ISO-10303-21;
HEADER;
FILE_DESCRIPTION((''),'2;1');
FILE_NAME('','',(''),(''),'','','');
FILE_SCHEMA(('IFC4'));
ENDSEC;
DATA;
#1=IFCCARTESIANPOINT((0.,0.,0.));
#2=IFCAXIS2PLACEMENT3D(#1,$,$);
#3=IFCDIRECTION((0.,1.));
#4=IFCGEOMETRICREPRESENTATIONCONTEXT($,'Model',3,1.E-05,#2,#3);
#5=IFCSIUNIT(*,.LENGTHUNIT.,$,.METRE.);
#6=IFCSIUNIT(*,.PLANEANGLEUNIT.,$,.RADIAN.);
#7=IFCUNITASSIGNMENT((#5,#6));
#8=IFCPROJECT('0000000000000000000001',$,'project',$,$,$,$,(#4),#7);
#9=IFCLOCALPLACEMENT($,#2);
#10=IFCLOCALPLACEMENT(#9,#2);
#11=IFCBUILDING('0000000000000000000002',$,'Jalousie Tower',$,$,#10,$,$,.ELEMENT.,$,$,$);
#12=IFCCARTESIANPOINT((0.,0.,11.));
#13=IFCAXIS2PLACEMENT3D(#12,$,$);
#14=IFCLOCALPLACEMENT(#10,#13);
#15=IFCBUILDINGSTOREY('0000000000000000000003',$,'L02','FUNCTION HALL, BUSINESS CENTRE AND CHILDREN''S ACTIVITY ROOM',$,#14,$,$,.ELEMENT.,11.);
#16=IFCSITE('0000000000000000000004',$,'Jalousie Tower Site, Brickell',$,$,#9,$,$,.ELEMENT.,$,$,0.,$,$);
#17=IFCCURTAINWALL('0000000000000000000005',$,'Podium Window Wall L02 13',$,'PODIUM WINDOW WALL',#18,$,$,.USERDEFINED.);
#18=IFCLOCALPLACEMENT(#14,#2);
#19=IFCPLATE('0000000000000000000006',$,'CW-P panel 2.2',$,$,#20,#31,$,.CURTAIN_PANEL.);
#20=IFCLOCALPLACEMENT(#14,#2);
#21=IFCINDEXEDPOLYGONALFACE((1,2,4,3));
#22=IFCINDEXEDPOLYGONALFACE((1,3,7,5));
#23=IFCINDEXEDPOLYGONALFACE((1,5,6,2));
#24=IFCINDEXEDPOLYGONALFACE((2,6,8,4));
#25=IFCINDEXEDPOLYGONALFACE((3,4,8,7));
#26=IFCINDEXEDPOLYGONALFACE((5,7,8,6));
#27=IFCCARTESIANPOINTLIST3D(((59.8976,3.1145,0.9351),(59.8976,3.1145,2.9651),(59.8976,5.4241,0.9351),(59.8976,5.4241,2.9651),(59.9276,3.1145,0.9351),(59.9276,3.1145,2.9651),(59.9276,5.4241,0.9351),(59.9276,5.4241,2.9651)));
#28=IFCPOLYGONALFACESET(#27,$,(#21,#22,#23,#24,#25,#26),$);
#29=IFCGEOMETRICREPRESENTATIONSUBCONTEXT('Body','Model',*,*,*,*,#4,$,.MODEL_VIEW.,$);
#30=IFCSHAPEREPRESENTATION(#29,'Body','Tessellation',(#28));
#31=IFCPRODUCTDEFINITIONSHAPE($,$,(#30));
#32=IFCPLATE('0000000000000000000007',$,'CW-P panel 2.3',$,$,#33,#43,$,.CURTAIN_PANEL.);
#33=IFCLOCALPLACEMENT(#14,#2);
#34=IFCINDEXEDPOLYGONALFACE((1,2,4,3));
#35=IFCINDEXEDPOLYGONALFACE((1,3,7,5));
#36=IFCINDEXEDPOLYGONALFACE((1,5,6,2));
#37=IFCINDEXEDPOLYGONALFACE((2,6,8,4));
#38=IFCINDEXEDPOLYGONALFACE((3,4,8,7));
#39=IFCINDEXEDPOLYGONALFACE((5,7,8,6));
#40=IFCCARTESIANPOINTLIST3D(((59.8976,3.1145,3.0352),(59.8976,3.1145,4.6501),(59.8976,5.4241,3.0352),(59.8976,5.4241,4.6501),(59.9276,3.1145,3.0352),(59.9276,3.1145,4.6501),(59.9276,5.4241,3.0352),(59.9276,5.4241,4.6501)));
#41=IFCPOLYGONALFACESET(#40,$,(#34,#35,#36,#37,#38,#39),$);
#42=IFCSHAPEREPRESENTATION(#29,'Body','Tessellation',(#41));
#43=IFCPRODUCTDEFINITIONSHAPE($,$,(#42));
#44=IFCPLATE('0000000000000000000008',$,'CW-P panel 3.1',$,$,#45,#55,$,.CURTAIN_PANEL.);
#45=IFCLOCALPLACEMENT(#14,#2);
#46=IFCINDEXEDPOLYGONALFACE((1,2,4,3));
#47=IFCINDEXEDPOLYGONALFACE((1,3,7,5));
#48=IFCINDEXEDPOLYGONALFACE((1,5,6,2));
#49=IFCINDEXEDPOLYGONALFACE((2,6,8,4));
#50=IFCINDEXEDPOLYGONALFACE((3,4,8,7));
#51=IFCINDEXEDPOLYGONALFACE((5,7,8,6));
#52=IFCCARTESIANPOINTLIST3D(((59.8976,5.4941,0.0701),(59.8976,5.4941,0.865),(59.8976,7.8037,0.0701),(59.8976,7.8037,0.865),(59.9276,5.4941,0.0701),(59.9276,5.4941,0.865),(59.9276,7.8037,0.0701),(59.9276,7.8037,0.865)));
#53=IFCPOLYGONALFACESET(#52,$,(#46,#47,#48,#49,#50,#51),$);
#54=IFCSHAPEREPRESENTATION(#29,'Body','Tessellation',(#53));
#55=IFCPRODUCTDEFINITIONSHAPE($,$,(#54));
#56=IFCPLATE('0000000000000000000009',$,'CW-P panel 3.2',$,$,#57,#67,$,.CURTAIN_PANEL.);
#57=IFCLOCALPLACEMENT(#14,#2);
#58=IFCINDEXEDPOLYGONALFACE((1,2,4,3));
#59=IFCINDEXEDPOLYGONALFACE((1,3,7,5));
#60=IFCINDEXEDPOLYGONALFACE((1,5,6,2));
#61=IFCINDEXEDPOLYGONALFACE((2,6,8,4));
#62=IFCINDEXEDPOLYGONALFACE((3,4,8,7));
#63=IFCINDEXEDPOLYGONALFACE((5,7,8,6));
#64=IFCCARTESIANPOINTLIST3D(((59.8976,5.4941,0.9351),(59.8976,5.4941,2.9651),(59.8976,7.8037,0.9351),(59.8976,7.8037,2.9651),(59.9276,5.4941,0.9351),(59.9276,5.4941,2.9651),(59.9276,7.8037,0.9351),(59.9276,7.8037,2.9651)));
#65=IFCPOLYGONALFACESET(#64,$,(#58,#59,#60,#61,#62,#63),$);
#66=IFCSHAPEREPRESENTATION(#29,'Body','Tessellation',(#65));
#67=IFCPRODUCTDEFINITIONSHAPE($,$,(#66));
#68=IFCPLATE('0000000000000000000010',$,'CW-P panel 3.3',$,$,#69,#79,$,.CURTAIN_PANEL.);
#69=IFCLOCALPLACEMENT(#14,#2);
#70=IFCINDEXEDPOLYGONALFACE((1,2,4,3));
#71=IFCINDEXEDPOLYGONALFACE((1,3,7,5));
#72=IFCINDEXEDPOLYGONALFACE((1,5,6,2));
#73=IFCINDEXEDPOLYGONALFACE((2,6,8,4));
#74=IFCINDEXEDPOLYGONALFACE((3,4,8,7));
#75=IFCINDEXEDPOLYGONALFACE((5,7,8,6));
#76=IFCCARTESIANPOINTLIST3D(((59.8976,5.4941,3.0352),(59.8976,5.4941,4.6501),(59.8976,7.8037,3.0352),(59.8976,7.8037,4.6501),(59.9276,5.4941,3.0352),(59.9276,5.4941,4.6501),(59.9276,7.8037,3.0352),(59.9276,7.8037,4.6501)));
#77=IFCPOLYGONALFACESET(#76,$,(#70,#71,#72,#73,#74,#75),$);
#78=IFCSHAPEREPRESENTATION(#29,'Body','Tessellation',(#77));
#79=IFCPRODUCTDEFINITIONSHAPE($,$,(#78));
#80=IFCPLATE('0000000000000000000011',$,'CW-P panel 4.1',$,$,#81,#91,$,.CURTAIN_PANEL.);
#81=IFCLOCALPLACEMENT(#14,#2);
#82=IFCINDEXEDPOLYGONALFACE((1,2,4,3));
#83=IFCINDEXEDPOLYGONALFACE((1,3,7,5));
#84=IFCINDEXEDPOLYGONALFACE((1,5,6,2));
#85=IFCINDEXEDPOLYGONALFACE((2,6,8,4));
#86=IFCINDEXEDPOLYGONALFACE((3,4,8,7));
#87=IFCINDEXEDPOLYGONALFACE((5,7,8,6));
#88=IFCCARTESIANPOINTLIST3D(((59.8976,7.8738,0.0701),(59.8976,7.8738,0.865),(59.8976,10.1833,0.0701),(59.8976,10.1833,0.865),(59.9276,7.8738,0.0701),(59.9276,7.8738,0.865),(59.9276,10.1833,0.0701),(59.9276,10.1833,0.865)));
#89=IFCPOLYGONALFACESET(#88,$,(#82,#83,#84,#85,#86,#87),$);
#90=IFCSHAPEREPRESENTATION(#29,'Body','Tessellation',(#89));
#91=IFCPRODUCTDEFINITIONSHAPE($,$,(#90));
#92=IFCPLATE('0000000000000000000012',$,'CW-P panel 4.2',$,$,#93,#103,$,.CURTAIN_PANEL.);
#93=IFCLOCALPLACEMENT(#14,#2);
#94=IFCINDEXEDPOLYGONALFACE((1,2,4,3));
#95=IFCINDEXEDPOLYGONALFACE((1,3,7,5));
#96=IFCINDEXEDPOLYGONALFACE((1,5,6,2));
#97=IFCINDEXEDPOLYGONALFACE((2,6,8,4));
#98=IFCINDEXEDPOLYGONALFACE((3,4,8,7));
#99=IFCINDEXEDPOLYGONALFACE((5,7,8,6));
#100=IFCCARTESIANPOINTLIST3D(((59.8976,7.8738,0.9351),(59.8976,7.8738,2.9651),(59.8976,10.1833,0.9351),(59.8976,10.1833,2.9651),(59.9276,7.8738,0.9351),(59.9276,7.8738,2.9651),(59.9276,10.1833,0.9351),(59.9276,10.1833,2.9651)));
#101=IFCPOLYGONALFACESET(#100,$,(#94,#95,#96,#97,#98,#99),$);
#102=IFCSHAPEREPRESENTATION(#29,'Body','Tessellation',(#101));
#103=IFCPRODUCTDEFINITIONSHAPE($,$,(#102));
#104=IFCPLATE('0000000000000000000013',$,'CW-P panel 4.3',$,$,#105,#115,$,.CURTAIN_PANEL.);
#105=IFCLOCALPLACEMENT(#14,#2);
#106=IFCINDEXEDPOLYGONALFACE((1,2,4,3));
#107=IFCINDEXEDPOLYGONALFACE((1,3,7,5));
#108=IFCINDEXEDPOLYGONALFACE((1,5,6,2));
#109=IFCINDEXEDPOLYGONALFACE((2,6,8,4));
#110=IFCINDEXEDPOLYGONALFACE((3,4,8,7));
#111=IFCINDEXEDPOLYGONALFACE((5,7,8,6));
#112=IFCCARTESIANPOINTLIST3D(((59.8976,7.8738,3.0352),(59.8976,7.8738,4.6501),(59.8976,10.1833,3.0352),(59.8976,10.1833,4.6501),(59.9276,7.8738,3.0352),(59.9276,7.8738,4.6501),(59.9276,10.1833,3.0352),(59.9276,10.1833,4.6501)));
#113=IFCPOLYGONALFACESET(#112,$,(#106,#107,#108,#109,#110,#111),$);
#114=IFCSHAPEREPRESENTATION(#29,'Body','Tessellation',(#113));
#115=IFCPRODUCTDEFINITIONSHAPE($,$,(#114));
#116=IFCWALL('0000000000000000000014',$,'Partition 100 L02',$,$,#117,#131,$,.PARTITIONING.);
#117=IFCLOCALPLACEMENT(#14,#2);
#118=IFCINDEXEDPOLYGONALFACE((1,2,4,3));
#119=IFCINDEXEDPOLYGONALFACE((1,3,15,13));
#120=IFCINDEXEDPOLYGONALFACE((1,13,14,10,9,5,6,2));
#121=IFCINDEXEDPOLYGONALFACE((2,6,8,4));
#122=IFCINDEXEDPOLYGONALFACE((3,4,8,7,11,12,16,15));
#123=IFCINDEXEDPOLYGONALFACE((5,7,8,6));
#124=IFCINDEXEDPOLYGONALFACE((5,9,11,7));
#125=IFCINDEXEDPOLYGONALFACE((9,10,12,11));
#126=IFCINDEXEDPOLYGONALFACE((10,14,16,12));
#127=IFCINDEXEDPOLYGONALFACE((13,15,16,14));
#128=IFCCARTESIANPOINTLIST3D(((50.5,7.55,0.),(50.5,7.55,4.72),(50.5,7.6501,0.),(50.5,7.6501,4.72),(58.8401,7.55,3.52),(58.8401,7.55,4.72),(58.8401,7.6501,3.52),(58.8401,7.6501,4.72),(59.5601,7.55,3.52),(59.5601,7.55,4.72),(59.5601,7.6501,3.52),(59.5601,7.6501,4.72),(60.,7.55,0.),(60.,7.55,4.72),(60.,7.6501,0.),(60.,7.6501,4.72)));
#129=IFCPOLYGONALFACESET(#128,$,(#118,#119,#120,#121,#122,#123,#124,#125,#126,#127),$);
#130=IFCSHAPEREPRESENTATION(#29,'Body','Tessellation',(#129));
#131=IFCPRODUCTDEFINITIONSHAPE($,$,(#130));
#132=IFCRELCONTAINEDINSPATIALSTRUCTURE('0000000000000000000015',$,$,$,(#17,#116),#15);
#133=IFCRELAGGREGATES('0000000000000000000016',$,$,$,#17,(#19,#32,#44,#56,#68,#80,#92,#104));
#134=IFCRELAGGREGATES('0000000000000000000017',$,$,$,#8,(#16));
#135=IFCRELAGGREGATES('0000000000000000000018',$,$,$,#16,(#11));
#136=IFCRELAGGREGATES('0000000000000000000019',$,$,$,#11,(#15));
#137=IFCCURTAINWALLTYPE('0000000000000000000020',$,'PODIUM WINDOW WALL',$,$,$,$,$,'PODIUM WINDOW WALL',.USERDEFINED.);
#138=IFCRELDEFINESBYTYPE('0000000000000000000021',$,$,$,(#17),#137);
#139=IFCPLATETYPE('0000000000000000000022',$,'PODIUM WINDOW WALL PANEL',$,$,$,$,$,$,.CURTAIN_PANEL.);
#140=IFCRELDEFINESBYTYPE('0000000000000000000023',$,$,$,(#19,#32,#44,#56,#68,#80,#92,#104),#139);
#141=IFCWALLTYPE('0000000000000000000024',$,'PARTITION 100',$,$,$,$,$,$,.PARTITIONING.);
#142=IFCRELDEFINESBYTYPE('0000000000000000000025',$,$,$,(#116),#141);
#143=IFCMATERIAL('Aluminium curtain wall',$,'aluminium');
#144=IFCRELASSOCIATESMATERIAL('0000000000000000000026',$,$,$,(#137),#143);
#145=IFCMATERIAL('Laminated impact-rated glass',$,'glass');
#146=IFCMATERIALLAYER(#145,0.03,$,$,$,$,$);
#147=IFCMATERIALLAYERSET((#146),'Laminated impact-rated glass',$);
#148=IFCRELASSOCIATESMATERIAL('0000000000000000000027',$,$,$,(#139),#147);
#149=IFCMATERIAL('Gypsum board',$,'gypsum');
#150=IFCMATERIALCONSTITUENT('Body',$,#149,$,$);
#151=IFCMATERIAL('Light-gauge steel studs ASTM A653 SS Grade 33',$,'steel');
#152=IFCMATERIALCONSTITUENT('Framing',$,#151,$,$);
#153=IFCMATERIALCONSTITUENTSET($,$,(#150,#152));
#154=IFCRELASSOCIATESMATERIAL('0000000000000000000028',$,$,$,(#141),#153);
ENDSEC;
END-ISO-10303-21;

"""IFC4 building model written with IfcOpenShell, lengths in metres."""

from ifc_helpers import new_model, si_unit, direction, frame, origin, origin_2d, place, context, subcontext, project, spatial, polyline, rectangle, outline, extrude, material, layer, layer_set, constituent, constituent_set, type_object, element, aggregate, save


model = new_model("IFC4")

# Units and contexts
model_context = context("Model", 3, precision=1e-05, world=origin(), true_north=direction((0.0, 1.0)))
body_context = subcontext(model_context, "Body", "Model", "MODEL_VIEW")
ifc_project = project(units=[si_unit("LENGTHUNIT", "METRE"), si_unit("PLANEANGLEUNIT", "RADIAN")], contexts=[model_context])

# Site, building, storey
site_placement = place(None, origin())
site = spatial("IfcSite", under=ifc_project, at=site_placement, Name="Jalousie Tower Site, Brickell", CompositionType="ELEMENT", RefElevation=0.0)
building_placement = place(site_placement, origin())
building = spatial("IfcBuilding", under=site, at=building_placement, Name="Jalousie Tower", CompositionType="ELEMENT")
storey_placement = place(building_placement, frame((0.0, 0.0, 11.0)))
storey = spatial("IfcBuildingStorey", under=building, at=storey_placement, Name="L02", Description="FUNCTION HALL, BUSINESS CENTRE AND CHILDREN'S ACTIVITY ROOM", CompositionType="ELEMENT", Elevation=11.0)

# Curtain wall
ifc_material_1 = material(Name="Aluminium curtain wall", Category="aluminium")
curtain_wall_type = type_object("IfcCurtainWallType", Name="PODIUM WINDOW WALL", ElementType="PODIUM WINDOW WALL", PredefinedType="USERDEFINED", material=ifc_material_1)
curtain_wall_placement = place(storey_placement, origin())
curtain_wall = element("IfcCurtainWall", 1, at=curtain_wall_placement, inside=storey, type_object=curtain_wall_type, Name="Podium Window Wall L02 13", ObjectType="PODIUM WINDOW WALL", PredefinedType="USERDEFINED")

# Plates
ifc_material_2 = material(Name="Laminated impact-rated glass", Category="glass")
ifc_layer = layer(ifc_material_2, 0.03)
ifc_layer_set = layer_set([ifc_layer], Name="Laminated impact-rated glass")
plate_type = type_object("IfcPlateType", Name="PODIUM WINDOW WALL PANEL", PredefinedType="CURTAIN_PANEL", material=ifc_layer_set)
plate_1_placement = place(storey_placement, frame((59.9126, 4.2693, 0.9351), z_axis=(0.0, 0.0, 1.0), x_axis=(0.0, 1.0, 0.0)))
plate_1 = element("IfcPlate", 2, at=plate_1_placement, type_object=plate_type, Name="CW-P panel 2.2", PredefinedType="CURTAIN_PANEL", context=body_context, shape_type="SweptSolid", body=[
    extrude(rectangle(XDim=2.3096, YDim=0.03, at=origin_2d()), origin(), (0.0, 0.0, 1.0), 2.03),
])
plate_2_placement = place(storey_placement, frame((59.9126, 4.2693, 3.0352), z_axis=(0.0, 0.0, 1.0), x_axis=(0.0, 1.0, 0.0)))
plate_2 = element("IfcPlate", 3, at=plate_2_placement, type_object=plate_type, Name="CW-P panel 2.3", PredefinedType="CURTAIN_PANEL", context=body_context, shape_type="SweptSolid", body=[
    extrude(rectangle(XDim=2.3096, YDim=0.03, at=origin_2d()), origin(), (0.0, 0.0, 1.0), 1.615),
])
plate_3_placement = place(storey_placement, frame((59.9126, 6.6489, 0.0701), z_axis=(0.0, 0.0, 1.0), x_axis=(0.0, 1.0, 0.0)))
plate_3 = element("IfcPlate", 4, at=plate_3_placement, type_object=plate_type, Name="CW-P panel 3.1", PredefinedType="CURTAIN_PANEL", context=body_context, shape_type="SweptSolid", body=[
    extrude(rectangle(XDim=2.3096, YDim=0.03, at=origin_2d()), origin(), (0.0, 0.0, 1.0), 0.7949),
])
plate_4_placement = place(storey_placement, frame((59.9126, 6.6489, 0.9351), z_axis=(0.0, 0.0, 1.0), x_axis=(0.0, 1.0, 0.0)))
plate_4 = element("IfcPlate", 5, at=plate_4_placement, type_object=plate_type, Name="CW-P panel 3.2", PredefinedType="CURTAIN_PANEL", context=body_context, shape_type="SweptSolid", body=[
    extrude(rectangle(XDim=2.3096, YDim=0.03, at=origin_2d()), origin(), (0.0, 0.0, 1.0), 2.03),
])
plate_5_placement = place(storey_placement, frame((59.9126, 6.6489, 3.0352), z_axis=(0.0, 0.0, 1.0), x_axis=(0.0, 1.0, 0.0)))
plate_5 = element("IfcPlate", 6, at=plate_5_placement, type_object=plate_type, Name="CW-P panel 3.3", PredefinedType="CURTAIN_PANEL", context=body_context, shape_type="SweptSolid", body=[
    extrude(rectangle(XDim=2.3096, YDim=0.03, at=origin_2d()), origin(), (0.0, 0.0, 1.0), 1.615),
])
plate_6_placement = place(storey_placement, frame((59.9126, 9.0286, 0.0701), z_axis=(0.0, 0.0, 1.0), x_axis=(0.0, 1.0, 0.0)))
plate_6 = element("IfcPlate", 7, at=plate_6_placement, type_object=plate_type, Name="CW-P panel 4.1", PredefinedType="CURTAIN_PANEL", context=body_context, shape_type="SweptSolid", body=[
    extrude(rectangle(XDim=2.3096, YDim=0.03, at=origin_2d()), origin(), (0.0, 0.0, 1.0), 0.7949),
])
plate_7_placement = place(storey_placement, frame((59.9126, 9.0286, 0.9351), z_axis=(0.0, 0.0, 1.0), x_axis=(0.0, 1.0, 0.0)))
plate_7 = element("IfcPlate", 8, at=plate_7_placement, type_object=plate_type, Name="CW-P panel 4.2", PredefinedType="CURTAIN_PANEL", context=body_context, shape_type="SweptSolid", body=[
    extrude(rectangle(XDim=2.3096, YDim=0.03, at=origin_2d()), origin(), (0.0, 0.0, 1.0), 2.03),
])
plate_8_placement = place(storey_placement, frame((59.9126, 9.0286, 3.0352), z_axis=(0.0, 0.0, 1.0), x_axis=(0.0, 1.0, 0.0)))
plate_8 = element("IfcPlate", 9, at=plate_8_placement, type_object=plate_type, Name="CW-P panel 4.3", PredefinedType="CURTAIN_PANEL", context=body_context, shape_type="SweptSolid", body=[
    extrude(rectangle(XDim=2.3096, YDim=0.03, at=origin_2d()), origin(), (0.0, 0.0, 1.0), 1.615),
])
aggregate(curtain_wall, [plate_1, plate_2, plate_3, plate_4, plate_5, plate_6, plate_7, plate_8])

# Wall
ifc_material_3 = material(Name="Gypsum board", Category="gypsum")
ifc_constituent_1 = constituent(ifc_material_3, Name="Body")
ifc_material_4 = material(Name="Light-gauge steel studs ASTM A653 SS Grade 33", Category="steel")
ifc_constituent_2 = constituent(ifc_material_4, Name="Framing")
ifc_constituent_set = constituent_set(constituents=[ifc_constituent_1, ifc_constituent_2])
wall_type = type_object("IfcWallType", Name="PARTITION 100", PredefinedType="PARTITIONING", material=ifc_constituent_set)
wall_placement = place(storey_placement, frame((50.5, 7.6001, 0.0), z_axis=(0.0, 0.0, 1.0), x_axis=(1.0, 0.0, 0.0)))
element("IfcWall", 10, at=wall_placement, inside=storey, type_object=wall_type, Name="Partition 100 L02", PredefinedType="PARTITIONING", context=body_context, shape_type="SweptSolid", body=[
    extrude(outline(polyline([(0.0, 0.0), (9.5, 0.0), (9.5, 4.72), (9.0601, 4.72), (9.0601, 3.52), (8.3401, 3.52), (8.3401, 4.72), (0.0, 4.72), (0.0, 0.0)])), frame((0.0, 0.05, 0.0), z_axis=(0.0, -1.0, 0.0), x_axis=(1.0, 0.0, 0.0)), (0.0, 0.0, 1.0), 0.1001),
])

save(model, "model.ifc")
